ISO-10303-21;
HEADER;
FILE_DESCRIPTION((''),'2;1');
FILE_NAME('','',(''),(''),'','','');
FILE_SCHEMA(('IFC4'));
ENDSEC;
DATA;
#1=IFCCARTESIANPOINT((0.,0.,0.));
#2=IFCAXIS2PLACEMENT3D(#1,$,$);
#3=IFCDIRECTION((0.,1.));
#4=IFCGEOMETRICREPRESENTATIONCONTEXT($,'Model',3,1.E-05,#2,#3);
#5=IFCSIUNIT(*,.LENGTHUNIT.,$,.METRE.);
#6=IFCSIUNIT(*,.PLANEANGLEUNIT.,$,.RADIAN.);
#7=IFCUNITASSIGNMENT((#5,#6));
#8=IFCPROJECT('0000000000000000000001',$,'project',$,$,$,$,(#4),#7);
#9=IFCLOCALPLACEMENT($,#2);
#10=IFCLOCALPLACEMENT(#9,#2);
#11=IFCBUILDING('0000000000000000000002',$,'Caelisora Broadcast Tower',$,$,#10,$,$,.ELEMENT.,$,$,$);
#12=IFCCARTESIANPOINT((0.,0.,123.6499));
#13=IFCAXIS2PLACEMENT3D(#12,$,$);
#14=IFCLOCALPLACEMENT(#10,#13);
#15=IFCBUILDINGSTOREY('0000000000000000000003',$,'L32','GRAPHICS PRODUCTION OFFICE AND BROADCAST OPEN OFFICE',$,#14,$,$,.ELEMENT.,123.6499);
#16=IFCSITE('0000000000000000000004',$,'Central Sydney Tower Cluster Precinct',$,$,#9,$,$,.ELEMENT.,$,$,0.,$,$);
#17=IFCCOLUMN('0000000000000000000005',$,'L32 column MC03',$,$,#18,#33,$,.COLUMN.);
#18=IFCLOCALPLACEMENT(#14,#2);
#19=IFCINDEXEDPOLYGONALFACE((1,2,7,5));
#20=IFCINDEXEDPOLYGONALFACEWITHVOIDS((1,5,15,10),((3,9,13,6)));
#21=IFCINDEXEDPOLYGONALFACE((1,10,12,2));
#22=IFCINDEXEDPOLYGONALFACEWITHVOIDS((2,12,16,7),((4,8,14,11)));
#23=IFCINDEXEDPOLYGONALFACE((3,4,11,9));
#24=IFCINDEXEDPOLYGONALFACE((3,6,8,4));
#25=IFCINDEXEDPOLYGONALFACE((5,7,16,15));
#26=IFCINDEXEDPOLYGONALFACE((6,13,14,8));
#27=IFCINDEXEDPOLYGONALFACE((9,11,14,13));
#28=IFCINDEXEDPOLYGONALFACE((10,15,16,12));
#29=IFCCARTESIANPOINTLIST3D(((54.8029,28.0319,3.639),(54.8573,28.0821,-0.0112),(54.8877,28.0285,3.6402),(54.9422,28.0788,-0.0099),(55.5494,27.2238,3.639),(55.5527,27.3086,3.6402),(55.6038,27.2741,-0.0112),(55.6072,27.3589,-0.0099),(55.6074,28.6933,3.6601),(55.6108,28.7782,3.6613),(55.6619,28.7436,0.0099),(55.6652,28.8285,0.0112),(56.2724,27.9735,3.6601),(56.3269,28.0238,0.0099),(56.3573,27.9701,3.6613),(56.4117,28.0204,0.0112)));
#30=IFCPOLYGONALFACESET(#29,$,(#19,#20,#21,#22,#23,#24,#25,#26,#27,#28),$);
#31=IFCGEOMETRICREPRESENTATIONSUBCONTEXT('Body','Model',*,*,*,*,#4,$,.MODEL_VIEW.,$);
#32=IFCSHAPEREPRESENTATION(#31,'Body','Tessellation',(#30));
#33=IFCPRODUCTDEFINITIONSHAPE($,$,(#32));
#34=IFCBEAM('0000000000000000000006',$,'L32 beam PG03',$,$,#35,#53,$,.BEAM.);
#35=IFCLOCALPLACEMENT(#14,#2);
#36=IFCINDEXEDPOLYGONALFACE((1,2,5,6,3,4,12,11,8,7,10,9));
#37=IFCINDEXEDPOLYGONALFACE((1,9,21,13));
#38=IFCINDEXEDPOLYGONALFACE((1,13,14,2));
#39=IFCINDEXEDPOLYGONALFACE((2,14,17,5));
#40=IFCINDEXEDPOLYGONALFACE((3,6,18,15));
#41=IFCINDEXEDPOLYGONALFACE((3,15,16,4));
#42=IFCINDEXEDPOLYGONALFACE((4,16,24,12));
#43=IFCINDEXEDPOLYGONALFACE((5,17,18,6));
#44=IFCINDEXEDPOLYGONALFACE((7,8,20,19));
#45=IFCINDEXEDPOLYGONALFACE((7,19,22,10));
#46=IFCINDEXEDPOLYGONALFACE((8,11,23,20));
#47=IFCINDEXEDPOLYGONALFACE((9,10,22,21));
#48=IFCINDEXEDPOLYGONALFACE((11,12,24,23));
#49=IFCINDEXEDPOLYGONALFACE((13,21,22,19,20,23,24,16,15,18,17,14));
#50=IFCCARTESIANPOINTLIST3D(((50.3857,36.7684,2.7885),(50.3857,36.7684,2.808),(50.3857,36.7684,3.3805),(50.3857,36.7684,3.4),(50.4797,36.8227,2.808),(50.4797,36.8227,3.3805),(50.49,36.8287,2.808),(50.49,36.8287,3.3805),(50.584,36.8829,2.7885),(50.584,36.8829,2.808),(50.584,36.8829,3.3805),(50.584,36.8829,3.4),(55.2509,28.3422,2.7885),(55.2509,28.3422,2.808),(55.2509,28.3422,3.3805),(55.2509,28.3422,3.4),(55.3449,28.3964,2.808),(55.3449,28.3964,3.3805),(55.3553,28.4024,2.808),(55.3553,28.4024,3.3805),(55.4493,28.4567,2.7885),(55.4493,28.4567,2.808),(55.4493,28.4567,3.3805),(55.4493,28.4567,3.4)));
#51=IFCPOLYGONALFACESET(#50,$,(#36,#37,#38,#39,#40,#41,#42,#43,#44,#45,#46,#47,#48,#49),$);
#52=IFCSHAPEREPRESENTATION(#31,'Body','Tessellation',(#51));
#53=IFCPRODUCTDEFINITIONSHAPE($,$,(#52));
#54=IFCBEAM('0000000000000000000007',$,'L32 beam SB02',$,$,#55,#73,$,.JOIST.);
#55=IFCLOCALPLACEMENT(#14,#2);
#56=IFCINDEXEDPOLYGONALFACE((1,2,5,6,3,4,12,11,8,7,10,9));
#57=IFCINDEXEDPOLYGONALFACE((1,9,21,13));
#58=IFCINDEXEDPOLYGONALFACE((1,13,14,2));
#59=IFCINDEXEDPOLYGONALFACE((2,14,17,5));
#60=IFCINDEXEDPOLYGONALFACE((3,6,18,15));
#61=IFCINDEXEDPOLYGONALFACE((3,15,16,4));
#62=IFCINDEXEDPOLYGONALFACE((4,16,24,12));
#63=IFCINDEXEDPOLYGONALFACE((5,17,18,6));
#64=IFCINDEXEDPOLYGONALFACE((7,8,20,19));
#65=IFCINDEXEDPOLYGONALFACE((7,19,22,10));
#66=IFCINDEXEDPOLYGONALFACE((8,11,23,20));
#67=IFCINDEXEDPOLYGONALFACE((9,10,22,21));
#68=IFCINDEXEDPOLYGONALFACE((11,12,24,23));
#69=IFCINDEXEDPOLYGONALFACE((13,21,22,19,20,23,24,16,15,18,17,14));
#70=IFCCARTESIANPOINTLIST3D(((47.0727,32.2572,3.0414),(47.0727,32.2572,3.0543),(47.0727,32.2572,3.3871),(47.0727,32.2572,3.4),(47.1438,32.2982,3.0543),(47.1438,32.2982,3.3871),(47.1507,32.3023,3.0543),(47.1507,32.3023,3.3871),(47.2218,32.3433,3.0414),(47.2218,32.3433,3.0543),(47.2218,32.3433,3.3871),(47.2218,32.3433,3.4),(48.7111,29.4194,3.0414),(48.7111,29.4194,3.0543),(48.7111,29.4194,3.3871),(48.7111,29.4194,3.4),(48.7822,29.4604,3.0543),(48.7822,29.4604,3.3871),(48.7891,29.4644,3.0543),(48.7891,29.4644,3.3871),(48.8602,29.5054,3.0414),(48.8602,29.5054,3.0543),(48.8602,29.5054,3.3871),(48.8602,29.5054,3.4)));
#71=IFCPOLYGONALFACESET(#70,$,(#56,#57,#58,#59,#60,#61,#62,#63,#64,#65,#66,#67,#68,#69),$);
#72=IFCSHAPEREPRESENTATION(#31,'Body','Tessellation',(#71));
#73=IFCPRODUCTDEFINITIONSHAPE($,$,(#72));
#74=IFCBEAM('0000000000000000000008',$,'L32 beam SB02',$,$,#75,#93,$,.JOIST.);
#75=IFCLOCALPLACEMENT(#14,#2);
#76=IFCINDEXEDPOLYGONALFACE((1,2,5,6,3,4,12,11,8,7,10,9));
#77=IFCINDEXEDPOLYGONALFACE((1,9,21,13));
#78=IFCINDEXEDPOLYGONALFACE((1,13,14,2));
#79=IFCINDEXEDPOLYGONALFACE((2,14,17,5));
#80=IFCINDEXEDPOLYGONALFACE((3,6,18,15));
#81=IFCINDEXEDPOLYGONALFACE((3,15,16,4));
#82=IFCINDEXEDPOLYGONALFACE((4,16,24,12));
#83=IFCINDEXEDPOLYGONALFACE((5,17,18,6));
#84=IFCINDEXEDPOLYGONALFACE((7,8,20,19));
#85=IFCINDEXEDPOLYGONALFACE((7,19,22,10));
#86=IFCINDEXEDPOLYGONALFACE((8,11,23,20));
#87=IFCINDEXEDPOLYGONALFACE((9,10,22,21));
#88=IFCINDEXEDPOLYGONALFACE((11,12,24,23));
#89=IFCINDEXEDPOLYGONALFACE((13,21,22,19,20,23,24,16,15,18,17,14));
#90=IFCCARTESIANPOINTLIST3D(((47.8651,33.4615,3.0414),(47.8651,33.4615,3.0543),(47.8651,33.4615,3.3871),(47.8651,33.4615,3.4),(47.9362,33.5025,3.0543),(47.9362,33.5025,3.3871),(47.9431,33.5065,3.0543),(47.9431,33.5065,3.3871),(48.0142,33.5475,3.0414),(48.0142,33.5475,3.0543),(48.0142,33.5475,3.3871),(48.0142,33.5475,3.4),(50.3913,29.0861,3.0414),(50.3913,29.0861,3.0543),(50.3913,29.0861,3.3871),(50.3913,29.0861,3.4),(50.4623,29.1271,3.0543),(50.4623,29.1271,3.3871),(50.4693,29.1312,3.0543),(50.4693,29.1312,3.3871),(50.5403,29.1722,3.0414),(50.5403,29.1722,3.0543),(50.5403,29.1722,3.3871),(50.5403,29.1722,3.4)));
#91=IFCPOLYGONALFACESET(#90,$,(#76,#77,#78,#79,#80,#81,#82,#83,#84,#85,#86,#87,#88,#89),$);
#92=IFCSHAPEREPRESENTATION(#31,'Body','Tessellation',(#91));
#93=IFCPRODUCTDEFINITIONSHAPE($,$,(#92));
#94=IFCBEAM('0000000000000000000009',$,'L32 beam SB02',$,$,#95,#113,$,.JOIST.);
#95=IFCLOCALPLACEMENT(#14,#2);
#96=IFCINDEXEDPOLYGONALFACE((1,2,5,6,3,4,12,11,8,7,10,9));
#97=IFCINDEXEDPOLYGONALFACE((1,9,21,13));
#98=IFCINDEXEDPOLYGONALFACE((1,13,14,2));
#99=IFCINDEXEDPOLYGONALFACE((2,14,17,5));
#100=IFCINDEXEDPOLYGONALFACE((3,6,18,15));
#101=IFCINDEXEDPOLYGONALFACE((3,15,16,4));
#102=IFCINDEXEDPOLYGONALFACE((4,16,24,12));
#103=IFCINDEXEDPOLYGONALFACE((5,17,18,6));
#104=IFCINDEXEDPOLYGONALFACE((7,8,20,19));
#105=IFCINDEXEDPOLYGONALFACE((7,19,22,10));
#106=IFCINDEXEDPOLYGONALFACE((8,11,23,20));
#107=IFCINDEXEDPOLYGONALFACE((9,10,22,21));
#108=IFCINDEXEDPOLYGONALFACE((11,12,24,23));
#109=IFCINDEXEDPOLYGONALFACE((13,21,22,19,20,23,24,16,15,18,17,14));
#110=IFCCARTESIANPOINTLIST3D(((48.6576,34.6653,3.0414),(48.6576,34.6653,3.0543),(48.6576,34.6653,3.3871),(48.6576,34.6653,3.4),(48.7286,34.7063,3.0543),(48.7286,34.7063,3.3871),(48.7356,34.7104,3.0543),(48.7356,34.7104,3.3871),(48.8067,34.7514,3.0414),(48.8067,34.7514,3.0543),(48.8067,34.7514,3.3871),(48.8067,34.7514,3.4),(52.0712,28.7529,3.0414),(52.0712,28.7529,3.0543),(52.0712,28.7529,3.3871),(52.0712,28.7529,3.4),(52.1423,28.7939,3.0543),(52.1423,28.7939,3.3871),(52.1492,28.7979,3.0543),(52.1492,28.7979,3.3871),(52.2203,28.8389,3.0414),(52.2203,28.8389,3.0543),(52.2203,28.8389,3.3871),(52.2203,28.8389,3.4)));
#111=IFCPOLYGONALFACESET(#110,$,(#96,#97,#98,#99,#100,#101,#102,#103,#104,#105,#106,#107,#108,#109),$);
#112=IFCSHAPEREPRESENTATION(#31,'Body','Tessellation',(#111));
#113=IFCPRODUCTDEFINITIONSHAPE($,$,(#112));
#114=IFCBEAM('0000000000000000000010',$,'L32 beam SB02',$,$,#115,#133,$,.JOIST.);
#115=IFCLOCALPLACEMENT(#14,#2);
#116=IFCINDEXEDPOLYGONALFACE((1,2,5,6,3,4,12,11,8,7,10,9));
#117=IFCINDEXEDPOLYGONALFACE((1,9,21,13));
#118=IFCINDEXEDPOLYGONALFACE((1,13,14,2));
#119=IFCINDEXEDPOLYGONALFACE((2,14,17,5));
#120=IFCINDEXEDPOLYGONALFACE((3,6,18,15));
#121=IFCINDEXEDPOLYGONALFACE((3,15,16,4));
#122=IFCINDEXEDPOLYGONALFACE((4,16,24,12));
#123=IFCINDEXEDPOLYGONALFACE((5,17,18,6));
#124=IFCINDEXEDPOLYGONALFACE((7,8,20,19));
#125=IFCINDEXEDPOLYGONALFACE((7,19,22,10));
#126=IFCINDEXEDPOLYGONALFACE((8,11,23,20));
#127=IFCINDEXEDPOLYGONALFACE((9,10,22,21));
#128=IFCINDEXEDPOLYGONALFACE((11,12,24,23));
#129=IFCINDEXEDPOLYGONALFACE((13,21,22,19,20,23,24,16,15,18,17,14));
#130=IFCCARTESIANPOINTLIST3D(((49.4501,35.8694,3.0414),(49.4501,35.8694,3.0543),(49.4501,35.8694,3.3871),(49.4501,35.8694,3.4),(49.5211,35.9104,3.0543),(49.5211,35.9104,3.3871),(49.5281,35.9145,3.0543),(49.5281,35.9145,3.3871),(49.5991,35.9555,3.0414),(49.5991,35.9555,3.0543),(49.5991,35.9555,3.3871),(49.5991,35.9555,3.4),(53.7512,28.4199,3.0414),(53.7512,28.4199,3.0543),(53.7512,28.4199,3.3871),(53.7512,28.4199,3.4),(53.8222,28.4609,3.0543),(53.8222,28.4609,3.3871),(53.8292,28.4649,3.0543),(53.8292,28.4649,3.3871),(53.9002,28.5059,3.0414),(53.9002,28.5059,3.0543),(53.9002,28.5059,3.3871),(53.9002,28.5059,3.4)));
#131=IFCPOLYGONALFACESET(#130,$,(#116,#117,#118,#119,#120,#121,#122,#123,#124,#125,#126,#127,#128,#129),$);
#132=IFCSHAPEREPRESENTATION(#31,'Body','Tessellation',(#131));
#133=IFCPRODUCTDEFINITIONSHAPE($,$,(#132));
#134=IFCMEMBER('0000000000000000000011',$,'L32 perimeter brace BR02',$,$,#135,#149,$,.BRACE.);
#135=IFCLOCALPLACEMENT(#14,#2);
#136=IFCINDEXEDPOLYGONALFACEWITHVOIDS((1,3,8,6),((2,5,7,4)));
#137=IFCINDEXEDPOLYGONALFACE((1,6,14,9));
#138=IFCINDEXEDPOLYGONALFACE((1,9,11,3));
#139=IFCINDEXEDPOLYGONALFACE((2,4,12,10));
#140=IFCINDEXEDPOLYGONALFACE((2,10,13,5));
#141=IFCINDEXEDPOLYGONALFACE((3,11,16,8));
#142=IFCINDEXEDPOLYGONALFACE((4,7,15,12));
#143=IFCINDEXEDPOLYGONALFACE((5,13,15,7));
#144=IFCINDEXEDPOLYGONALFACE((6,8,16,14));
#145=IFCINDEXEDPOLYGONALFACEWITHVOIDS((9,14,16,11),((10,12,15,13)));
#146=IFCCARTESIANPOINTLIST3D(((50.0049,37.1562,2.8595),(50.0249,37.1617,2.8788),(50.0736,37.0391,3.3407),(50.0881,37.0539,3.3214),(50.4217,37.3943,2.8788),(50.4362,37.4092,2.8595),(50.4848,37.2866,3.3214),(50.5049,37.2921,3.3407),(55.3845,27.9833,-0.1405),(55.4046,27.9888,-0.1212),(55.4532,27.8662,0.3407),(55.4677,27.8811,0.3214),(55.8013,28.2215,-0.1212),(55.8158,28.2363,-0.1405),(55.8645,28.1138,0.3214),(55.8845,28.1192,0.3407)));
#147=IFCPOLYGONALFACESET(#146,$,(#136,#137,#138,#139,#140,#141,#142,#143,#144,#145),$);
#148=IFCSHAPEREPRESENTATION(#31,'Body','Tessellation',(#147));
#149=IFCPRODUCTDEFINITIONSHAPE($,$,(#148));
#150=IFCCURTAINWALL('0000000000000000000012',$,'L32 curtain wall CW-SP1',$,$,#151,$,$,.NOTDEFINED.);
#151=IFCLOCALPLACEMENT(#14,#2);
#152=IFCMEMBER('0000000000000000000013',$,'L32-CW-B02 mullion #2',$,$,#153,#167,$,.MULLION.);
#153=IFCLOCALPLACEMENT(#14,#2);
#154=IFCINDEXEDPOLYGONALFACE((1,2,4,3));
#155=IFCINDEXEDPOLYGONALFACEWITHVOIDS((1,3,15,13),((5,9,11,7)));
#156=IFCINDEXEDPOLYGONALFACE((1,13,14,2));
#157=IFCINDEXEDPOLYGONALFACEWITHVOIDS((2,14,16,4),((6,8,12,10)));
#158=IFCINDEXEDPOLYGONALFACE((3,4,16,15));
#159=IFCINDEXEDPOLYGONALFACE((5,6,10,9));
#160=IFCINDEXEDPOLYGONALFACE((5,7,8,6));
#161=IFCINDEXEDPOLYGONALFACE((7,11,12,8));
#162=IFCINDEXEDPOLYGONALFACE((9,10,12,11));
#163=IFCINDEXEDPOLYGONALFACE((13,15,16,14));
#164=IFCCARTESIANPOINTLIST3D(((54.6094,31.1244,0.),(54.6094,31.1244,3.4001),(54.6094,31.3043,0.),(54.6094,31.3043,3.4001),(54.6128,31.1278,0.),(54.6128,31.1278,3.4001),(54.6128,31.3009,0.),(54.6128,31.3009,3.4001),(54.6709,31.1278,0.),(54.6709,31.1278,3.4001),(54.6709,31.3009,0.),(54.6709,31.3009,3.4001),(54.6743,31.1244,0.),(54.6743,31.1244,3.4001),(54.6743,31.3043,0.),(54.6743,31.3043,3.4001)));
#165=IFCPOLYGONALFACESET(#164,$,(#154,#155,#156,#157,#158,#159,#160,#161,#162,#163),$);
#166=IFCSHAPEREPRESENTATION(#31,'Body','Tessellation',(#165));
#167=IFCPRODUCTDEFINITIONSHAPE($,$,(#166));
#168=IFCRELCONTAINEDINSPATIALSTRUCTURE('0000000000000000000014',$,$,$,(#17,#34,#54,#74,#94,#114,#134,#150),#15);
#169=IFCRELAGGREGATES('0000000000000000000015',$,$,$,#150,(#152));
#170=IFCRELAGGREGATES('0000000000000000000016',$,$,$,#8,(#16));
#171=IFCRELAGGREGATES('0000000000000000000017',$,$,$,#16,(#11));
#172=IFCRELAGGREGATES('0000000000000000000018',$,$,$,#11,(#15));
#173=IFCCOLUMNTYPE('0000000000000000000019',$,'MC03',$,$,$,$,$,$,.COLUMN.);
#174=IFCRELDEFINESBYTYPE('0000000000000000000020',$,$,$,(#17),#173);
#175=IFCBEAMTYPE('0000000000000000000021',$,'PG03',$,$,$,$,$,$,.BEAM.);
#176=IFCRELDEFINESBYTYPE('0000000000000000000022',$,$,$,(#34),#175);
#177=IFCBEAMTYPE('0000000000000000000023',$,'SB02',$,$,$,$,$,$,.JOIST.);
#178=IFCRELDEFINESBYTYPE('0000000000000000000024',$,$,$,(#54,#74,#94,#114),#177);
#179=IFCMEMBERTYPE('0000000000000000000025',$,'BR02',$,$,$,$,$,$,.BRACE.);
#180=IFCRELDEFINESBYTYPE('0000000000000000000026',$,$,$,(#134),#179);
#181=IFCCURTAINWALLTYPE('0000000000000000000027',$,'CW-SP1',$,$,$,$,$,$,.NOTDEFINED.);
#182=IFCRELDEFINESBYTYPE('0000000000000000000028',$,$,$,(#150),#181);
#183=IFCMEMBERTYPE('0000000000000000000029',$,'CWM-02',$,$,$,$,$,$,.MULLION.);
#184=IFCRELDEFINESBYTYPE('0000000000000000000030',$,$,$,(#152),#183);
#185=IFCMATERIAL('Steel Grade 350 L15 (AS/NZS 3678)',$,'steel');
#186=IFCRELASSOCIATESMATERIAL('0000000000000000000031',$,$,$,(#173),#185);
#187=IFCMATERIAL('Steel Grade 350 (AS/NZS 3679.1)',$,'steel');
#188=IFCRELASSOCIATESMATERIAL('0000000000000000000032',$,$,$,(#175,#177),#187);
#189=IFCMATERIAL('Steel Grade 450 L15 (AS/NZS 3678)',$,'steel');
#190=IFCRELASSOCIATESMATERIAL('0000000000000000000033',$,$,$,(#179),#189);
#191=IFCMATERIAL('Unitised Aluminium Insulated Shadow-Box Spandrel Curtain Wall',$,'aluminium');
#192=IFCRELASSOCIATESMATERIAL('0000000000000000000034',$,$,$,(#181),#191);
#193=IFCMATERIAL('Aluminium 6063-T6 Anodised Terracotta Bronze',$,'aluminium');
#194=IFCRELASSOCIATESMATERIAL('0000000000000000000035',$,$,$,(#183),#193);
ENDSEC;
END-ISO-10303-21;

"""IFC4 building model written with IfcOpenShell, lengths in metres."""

from ifc_helpers import new_model, si_unit, direction, frame, origin, origin_2d, place, context, subcontext, project, spatial, hollow_rectangle, i_section, extrude, source, transform, mapped, material, material_profile, profile_set, type_object, type_shapes, element, aggregate, save


model = new_model("IFC4")

# Units and contexts
model_context = context("Model", 3, precision=1e-05, world=origin(), true_north=direction((0.0, 1.0)))
body_context = subcontext(model_context, "Body", "Model", "MODEL_VIEW")
ifc_project = project(units=[si_unit("LENGTHUNIT", "METRE"), si_unit("PLANEANGLEUNIT", "RADIAN")], contexts=[model_context])

# Site, building, storey
site_placement = place(None, origin())
site = spatial("IfcSite", under=ifc_project, at=site_placement, Name="Central Sydney Tower Cluster Precinct", CompositionType="ELEMENT", RefElevation=0.0)
building_placement = place(site_placement, origin())
building = spatial("IfcBuilding", under=site, at=building_placement, Name="Caelisora Broadcast Tower", CompositionType="ELEMENT")
storey_placement = place(building_placement, frame((0.0, 0.0, 123.6499)))
storey = spatial("IfcBuildingStorey", under=building, at=storey_placement, Name="L32", Description="GRAPHICS PRODUCTION OFFICE AND BROADCAST OPEN OFFICE", CompositionType="ELEMENT", Elevation=123.6499)

# Column
ifc_material_1 = material(Name="Steel Grade 350 L15 (AS/NZS 3678)", Category="steel")
ifc_material_profile_1 = material_profile(ifc_material_1, hollow_rectangle(XDim=1.1001, YDim=1.1001, WallThickness=0.0601, at=origin_2d()), Name="Steel Grade 350 L15 (AS/NZS 3678)")
ifc_profile_set_1 = profile_set([ifc_material_profile_1], Name="Steel Grade 350 L15 (AS/NZS 3678)")
column_type = type_object("IfcColumnType", Name="MC03", PredefinedType="COLUMN", material=ifc_profile_set_1)
shared_shape_1 = source(origin(), body_context, "Body", "SweptSolid", [
    extrude(hollow_rectangle(XDim=1.1001, YDim=1.1001, WallThickness=0.0601, at=origin_2d()), origin(), (0.0, 0.0, 1.0), 3.6509),
])
type_shapes(column_type, [shared_shape_1])
column_placement = place(storey_placement, frame((55.6345, 28.0513, 0.0), z_axis=(-0.014912, -0.013776, 0.999794), x_axis=(0.678554, -0.734551, 0.0)))
element("IfcColumn", 1, at=column_placement, inside=storey, type_object=column_type, Name="L32 column MC03", PredefinedType="COLUMN", context=body_context, shape_type="MappedRepresentation", body=[
    mapped(shared_shape_1, transform((0.0, 0.0, 0.0), scale=1.0)),
])

# Beams
ifc_material_2 = material(Name="Steel Grade 350 (AS/NZS 3679.1)", Category="steel")
ifc_material_profile_2 = material_profile(ifc_material_2, i_section(OverallWidth=0.229, OverallDepth=0.6116, WebThickness=0.012, FlangeThickness=0.0195, at=origin_2d()), Name="Steel Grade 350 (AS/NZS 3679.1)")
ifc_profile_set_2 = profile_set([ifc_material_profile_2], Name="Steel Grade 350 (AS/NZS 3679.1)")
beam_type_1 = type_object("IfcBeamType", Name="PG03", PredefinedType="BEAM", material=ifc_profile_set_2)
shared_shape_2 = source(origin(), body_context, "Body", "SweptSolid", [
    extrude(i_section(OverallWidth=0.229, OverallDepth=0.6116, WebThickness=0.012, FlangeThickness=0.0195, at=origin_2d()), origin(), (0.0, 0.0, 1.0), 9.73),
])
type_shapes(beam_type_1, [shared_shape_2])
beam_1_placement = place(storey_placement, frame((55.3501, 28.3994, 3.0942), z_axis=(-0.500025, 0.866011, 0.0), x_axis=(-0.866011, -0.500025, 0.0)))
element("IfcBeam", 2, at=beam_1_placement, inside=storey, type_object=beam_type_1, Name="L32 beam PG03", PredefinedType="BEAM", context=body_context, shape_type="MappedRepresentation", body=[
    mapped(shared_shape_2, transform((0.0, 0.0, 0.0), scale=1.0)),
])
ifc_material_profile_3 = material_profile(ifc_material_2, i_section(OverallWidth=0.1721, OverallDepth=0.3586, WebThickness=0.0081, FlangeThickness=0.0129, at=origin_2d()), Name="Steel Grade 350 (AS/NZS 3679.1)")
ifc_profile_set_3 = profile_set([ifc_material_profile_3], Name="Steel Grade 350 (AS/NZS 3679.1)")
beam_type_2 = type_object("IfcBeamType", Name="SB02", PredefinedType="JOIST", material=ifc_profile_set_3)
shared_shape_3 = source(origin(), body_context, "Body", "SweptSolid", [
    extrude(i_section(OverallWidth=0.1721, OverallDepth=0.3586, WebThickness=0.0081, FlangeThickness=0.0129, at=origin_2d()), origin(), (0.0, 0.0, 1.0), 3.2769),
])
beam_2_placement = place(storey_placement, frame((48.7856, 29.4624, 3.2207), z_axis=(-0.499993, 0.866029, 0.0), x_axis=(-0.866029, -0.499993, 0.0)))
element("IfcBeam", 3, at=beam_2_placement, inside=storey, type_object=beam_type_2, Name="L32 beam SB02", PredefinedType="JOIST", context=body_context, shape_type="MappedRepresentation", body=[
    mapped(shared_shape_3, transform((0.0, 0.0, 0.0), scale=1.0)),
])
shared_shape_4 = source(origin(), body_context, "Body", "SweptSolid", [
    extrude(i_section(OverallWidth=0.1721, OverallDepth=0.3586, WebThickness=0.0081, FlangeThickness=0.0129, at=origin_2d()), origin(), (0.0, 0.0, 1.0), 5.0522),
])
beam_3_placement = place(storey_placement, frame((50.4658, 29.1292, 3.2207), z_axis=(-0.500011, 0.866019, 0.0), x_axis=(-0.866019, -0.500011, 0.0)))
element("IfcBeam", 4, at=beam_3_placement, inside=storey, type_object=beam_type_2, Name="L32 beam SB02", PredefinedType="JOIST", context=body_context, shape_type="MappedRepresentation", body=[
    mapped(shared_shape_4, transform((0.0, 0.0, 0.0), scale=1.0)),
])
shared_shape_5 = source(origin(), body_context, "Body", "SweptSolid", [
    extrude(i_section(OverallWidth=0.1721, OverallDepth=0.3586, WebThickness=0.0081, FlangeThickness=0.0129, at=origin_2d()), origin(), (0.0, 0.0, 1.0), 6.8271),
])
beam_4_placement = place(storey_placement, frame((52.1458, 28.7959, 3.2207), z_axis=(-0.500008, 0.866021, 0.0), x_axis=(-0.866021, -0.500008, 0.0)))
element("IfcBeam", 5, at=beam_4_placement, inside=storey, type_object=beam_type_2, Name="L32 beam SB02", PredefinedType="JOIST", context=body_context, shape_type="MappedRepresentation", body=[
    mapped(shared_shape_5, transform((0.0, 0.0, 0.0), scale=1.0)),
])
shared_shape_6 = source(origin(), body_context, "Body", "SweptSolid", [
    extrude(i_section(OverallWidth=0.1721, OverallDepth=0.3586, WebThickness=0.0081, FlangeThickness=0.0129, at=origin_2d()), origin(), (0.0, 0.0, 1.0), 8.6021),
])
type_shapes(beam_type_2, [shared_shape_3, shared_shape_4, shared_shape_5, shared_shape_6])
beam_5_placement = place(storey_placement, frame((53.8257, 28.4629, 3.2207), z_axis=(-0.500007, 0.866022, 0.0), x_axis=(-0.866022, -0.500007, 0.0)))
element("IfcBeam", 6, at=beam_5_placement, inside=storey, type_object=beam_type_2, Name="L32 beam SB02", PredefinedType="JOIST", context=body_context, shape_type="MappedRepresentation", body=[
    mapped(shared_shape_6, transform((0.0, 0.0, 0.0), scale=1.0)),
])

# Member
ifc_material_3 = material(Name="Steel Grade 450 L15 (AS/NZS 3678)", Category="steel")
ifc_material_profile_4 = material_profile(ifc_material_3, hollow_rectangle(XDim=0.5, YDim=0.5, WallThickness=0.02, at=origin_2d()), Name="Steel Grade 450 L15 (AS/NZS 3678)")
ifc_profile_set_4 = profile_set([ifc_material_profile_4], Name="Steel Grade 450 L15 (AS/NZS 3678)")
member_type_1 = type_object("IfcMemberType", Name="BR02", PredefinedType="BRACE", material=ifc_profile_set_4)
shared_shape_7 = source(origin(), body_context, "Body", "SweptSolid", [
    extrude(hollow_rectangle(XDim=0.5, YDim=0.5, WallThickness=0.02, at=origin_2d()), origin(), (0.0, 0.0, 1.0), 11.0491),
])
type_shapes(member_type_1, [shared_shape_7])
member_1_placement = place(storey_placement, frame((55.6345, 28.0513, 0.1001), z_axis=(-0.486887, 0.830193, 0.271516), x_axis=(-0.862597, -0.505891, 0.0)))
element("IfcMember", 7, at=member_1_placement, inside=storey, type_object=member_type_1, Name="L32 perimeter brace BR02", PredefinedType="BRACE", context=body_context, shape_type="MappedRepresentation", body=[
    mapped(shared_shape_7, transform((0.0, 0.0, 0.0), scale=1.0)),
])

# Curtain wall, member
ifc_material_4 = material(Name="Unitised Aluminium Insulated Shadow-Box Spandrel Curtain Wall", Category="aluminium")
curtain_wall_type_1 = type_object("IfcCurtainWallType", Name="CW-SP1", PredefinedType="NOTDEFINED", material=ifc_material_4)
curtain_wall_1_placement = place(storey_placement, origin())
curtain_wall_1 = element("IfcCurtainWall", 8, at=curtain_wall_1_placement, inside=storey, type_object=curtain_wall_type_1, Name="L32 curtain wall CW-SP1", PredefinedType="NOTDEFINED")
ifc_material_5 = material(Name="Aluminium 6063-T6 Anodised Terracotta Bronze", Category="aluminium")
ifc_material_profile_5 = material_profile(ifc_material_5, hollow_rectangle(XDim=0.0649, YDim=0.1799, WallThickness=0.0034, at=origin_2d()), Name="Aluminium 6063-T6 Anodised Terracotta Bronze")
ifc_profile_set_5 = profile_set([ifc_material_profile_5], Name="Aluminium 6063-T6 Anodised Terracotta Bronze")
member_type_2 = type_object("IfcMemberType", Name="CWM-02", PredefinedType="MULLION", material=ifc_profile_set_5)
shared_shape_8 = source(origin(), body_context, "Body", "SweptSolid", [
    extrude(hollow_rectangle(XDim=0.0649, YDim=0.1799, WallThickness=0.0034, at=origin_2d()), origin(), (0.0, 0.0, 1.0), 3.4001),
])
type_shapes(member_type_2, [shared_shape_8])
member_2_placement = place(storey_placement, frame((54.6418, 31.2144, 0.0), z_axis=(0.0, 0.0, 1.0), x_axis=(1.0, 0.0, 0.0)))
member_2 = element("IfcMember", 9, at=member_2_placement, type_object=member_type_2, Name="L32-CW-B02 mullion #2", PredefinedType="MULLION", context=body_context, shape_type="MappedRepresentation", body=[
    mapped(shared_shape_8, transform((0.0, 0.0, 0.0), scale=1.0)),
])

aggregate(curtain_wall_1, [member_2])

save(model, "model.ifc")
